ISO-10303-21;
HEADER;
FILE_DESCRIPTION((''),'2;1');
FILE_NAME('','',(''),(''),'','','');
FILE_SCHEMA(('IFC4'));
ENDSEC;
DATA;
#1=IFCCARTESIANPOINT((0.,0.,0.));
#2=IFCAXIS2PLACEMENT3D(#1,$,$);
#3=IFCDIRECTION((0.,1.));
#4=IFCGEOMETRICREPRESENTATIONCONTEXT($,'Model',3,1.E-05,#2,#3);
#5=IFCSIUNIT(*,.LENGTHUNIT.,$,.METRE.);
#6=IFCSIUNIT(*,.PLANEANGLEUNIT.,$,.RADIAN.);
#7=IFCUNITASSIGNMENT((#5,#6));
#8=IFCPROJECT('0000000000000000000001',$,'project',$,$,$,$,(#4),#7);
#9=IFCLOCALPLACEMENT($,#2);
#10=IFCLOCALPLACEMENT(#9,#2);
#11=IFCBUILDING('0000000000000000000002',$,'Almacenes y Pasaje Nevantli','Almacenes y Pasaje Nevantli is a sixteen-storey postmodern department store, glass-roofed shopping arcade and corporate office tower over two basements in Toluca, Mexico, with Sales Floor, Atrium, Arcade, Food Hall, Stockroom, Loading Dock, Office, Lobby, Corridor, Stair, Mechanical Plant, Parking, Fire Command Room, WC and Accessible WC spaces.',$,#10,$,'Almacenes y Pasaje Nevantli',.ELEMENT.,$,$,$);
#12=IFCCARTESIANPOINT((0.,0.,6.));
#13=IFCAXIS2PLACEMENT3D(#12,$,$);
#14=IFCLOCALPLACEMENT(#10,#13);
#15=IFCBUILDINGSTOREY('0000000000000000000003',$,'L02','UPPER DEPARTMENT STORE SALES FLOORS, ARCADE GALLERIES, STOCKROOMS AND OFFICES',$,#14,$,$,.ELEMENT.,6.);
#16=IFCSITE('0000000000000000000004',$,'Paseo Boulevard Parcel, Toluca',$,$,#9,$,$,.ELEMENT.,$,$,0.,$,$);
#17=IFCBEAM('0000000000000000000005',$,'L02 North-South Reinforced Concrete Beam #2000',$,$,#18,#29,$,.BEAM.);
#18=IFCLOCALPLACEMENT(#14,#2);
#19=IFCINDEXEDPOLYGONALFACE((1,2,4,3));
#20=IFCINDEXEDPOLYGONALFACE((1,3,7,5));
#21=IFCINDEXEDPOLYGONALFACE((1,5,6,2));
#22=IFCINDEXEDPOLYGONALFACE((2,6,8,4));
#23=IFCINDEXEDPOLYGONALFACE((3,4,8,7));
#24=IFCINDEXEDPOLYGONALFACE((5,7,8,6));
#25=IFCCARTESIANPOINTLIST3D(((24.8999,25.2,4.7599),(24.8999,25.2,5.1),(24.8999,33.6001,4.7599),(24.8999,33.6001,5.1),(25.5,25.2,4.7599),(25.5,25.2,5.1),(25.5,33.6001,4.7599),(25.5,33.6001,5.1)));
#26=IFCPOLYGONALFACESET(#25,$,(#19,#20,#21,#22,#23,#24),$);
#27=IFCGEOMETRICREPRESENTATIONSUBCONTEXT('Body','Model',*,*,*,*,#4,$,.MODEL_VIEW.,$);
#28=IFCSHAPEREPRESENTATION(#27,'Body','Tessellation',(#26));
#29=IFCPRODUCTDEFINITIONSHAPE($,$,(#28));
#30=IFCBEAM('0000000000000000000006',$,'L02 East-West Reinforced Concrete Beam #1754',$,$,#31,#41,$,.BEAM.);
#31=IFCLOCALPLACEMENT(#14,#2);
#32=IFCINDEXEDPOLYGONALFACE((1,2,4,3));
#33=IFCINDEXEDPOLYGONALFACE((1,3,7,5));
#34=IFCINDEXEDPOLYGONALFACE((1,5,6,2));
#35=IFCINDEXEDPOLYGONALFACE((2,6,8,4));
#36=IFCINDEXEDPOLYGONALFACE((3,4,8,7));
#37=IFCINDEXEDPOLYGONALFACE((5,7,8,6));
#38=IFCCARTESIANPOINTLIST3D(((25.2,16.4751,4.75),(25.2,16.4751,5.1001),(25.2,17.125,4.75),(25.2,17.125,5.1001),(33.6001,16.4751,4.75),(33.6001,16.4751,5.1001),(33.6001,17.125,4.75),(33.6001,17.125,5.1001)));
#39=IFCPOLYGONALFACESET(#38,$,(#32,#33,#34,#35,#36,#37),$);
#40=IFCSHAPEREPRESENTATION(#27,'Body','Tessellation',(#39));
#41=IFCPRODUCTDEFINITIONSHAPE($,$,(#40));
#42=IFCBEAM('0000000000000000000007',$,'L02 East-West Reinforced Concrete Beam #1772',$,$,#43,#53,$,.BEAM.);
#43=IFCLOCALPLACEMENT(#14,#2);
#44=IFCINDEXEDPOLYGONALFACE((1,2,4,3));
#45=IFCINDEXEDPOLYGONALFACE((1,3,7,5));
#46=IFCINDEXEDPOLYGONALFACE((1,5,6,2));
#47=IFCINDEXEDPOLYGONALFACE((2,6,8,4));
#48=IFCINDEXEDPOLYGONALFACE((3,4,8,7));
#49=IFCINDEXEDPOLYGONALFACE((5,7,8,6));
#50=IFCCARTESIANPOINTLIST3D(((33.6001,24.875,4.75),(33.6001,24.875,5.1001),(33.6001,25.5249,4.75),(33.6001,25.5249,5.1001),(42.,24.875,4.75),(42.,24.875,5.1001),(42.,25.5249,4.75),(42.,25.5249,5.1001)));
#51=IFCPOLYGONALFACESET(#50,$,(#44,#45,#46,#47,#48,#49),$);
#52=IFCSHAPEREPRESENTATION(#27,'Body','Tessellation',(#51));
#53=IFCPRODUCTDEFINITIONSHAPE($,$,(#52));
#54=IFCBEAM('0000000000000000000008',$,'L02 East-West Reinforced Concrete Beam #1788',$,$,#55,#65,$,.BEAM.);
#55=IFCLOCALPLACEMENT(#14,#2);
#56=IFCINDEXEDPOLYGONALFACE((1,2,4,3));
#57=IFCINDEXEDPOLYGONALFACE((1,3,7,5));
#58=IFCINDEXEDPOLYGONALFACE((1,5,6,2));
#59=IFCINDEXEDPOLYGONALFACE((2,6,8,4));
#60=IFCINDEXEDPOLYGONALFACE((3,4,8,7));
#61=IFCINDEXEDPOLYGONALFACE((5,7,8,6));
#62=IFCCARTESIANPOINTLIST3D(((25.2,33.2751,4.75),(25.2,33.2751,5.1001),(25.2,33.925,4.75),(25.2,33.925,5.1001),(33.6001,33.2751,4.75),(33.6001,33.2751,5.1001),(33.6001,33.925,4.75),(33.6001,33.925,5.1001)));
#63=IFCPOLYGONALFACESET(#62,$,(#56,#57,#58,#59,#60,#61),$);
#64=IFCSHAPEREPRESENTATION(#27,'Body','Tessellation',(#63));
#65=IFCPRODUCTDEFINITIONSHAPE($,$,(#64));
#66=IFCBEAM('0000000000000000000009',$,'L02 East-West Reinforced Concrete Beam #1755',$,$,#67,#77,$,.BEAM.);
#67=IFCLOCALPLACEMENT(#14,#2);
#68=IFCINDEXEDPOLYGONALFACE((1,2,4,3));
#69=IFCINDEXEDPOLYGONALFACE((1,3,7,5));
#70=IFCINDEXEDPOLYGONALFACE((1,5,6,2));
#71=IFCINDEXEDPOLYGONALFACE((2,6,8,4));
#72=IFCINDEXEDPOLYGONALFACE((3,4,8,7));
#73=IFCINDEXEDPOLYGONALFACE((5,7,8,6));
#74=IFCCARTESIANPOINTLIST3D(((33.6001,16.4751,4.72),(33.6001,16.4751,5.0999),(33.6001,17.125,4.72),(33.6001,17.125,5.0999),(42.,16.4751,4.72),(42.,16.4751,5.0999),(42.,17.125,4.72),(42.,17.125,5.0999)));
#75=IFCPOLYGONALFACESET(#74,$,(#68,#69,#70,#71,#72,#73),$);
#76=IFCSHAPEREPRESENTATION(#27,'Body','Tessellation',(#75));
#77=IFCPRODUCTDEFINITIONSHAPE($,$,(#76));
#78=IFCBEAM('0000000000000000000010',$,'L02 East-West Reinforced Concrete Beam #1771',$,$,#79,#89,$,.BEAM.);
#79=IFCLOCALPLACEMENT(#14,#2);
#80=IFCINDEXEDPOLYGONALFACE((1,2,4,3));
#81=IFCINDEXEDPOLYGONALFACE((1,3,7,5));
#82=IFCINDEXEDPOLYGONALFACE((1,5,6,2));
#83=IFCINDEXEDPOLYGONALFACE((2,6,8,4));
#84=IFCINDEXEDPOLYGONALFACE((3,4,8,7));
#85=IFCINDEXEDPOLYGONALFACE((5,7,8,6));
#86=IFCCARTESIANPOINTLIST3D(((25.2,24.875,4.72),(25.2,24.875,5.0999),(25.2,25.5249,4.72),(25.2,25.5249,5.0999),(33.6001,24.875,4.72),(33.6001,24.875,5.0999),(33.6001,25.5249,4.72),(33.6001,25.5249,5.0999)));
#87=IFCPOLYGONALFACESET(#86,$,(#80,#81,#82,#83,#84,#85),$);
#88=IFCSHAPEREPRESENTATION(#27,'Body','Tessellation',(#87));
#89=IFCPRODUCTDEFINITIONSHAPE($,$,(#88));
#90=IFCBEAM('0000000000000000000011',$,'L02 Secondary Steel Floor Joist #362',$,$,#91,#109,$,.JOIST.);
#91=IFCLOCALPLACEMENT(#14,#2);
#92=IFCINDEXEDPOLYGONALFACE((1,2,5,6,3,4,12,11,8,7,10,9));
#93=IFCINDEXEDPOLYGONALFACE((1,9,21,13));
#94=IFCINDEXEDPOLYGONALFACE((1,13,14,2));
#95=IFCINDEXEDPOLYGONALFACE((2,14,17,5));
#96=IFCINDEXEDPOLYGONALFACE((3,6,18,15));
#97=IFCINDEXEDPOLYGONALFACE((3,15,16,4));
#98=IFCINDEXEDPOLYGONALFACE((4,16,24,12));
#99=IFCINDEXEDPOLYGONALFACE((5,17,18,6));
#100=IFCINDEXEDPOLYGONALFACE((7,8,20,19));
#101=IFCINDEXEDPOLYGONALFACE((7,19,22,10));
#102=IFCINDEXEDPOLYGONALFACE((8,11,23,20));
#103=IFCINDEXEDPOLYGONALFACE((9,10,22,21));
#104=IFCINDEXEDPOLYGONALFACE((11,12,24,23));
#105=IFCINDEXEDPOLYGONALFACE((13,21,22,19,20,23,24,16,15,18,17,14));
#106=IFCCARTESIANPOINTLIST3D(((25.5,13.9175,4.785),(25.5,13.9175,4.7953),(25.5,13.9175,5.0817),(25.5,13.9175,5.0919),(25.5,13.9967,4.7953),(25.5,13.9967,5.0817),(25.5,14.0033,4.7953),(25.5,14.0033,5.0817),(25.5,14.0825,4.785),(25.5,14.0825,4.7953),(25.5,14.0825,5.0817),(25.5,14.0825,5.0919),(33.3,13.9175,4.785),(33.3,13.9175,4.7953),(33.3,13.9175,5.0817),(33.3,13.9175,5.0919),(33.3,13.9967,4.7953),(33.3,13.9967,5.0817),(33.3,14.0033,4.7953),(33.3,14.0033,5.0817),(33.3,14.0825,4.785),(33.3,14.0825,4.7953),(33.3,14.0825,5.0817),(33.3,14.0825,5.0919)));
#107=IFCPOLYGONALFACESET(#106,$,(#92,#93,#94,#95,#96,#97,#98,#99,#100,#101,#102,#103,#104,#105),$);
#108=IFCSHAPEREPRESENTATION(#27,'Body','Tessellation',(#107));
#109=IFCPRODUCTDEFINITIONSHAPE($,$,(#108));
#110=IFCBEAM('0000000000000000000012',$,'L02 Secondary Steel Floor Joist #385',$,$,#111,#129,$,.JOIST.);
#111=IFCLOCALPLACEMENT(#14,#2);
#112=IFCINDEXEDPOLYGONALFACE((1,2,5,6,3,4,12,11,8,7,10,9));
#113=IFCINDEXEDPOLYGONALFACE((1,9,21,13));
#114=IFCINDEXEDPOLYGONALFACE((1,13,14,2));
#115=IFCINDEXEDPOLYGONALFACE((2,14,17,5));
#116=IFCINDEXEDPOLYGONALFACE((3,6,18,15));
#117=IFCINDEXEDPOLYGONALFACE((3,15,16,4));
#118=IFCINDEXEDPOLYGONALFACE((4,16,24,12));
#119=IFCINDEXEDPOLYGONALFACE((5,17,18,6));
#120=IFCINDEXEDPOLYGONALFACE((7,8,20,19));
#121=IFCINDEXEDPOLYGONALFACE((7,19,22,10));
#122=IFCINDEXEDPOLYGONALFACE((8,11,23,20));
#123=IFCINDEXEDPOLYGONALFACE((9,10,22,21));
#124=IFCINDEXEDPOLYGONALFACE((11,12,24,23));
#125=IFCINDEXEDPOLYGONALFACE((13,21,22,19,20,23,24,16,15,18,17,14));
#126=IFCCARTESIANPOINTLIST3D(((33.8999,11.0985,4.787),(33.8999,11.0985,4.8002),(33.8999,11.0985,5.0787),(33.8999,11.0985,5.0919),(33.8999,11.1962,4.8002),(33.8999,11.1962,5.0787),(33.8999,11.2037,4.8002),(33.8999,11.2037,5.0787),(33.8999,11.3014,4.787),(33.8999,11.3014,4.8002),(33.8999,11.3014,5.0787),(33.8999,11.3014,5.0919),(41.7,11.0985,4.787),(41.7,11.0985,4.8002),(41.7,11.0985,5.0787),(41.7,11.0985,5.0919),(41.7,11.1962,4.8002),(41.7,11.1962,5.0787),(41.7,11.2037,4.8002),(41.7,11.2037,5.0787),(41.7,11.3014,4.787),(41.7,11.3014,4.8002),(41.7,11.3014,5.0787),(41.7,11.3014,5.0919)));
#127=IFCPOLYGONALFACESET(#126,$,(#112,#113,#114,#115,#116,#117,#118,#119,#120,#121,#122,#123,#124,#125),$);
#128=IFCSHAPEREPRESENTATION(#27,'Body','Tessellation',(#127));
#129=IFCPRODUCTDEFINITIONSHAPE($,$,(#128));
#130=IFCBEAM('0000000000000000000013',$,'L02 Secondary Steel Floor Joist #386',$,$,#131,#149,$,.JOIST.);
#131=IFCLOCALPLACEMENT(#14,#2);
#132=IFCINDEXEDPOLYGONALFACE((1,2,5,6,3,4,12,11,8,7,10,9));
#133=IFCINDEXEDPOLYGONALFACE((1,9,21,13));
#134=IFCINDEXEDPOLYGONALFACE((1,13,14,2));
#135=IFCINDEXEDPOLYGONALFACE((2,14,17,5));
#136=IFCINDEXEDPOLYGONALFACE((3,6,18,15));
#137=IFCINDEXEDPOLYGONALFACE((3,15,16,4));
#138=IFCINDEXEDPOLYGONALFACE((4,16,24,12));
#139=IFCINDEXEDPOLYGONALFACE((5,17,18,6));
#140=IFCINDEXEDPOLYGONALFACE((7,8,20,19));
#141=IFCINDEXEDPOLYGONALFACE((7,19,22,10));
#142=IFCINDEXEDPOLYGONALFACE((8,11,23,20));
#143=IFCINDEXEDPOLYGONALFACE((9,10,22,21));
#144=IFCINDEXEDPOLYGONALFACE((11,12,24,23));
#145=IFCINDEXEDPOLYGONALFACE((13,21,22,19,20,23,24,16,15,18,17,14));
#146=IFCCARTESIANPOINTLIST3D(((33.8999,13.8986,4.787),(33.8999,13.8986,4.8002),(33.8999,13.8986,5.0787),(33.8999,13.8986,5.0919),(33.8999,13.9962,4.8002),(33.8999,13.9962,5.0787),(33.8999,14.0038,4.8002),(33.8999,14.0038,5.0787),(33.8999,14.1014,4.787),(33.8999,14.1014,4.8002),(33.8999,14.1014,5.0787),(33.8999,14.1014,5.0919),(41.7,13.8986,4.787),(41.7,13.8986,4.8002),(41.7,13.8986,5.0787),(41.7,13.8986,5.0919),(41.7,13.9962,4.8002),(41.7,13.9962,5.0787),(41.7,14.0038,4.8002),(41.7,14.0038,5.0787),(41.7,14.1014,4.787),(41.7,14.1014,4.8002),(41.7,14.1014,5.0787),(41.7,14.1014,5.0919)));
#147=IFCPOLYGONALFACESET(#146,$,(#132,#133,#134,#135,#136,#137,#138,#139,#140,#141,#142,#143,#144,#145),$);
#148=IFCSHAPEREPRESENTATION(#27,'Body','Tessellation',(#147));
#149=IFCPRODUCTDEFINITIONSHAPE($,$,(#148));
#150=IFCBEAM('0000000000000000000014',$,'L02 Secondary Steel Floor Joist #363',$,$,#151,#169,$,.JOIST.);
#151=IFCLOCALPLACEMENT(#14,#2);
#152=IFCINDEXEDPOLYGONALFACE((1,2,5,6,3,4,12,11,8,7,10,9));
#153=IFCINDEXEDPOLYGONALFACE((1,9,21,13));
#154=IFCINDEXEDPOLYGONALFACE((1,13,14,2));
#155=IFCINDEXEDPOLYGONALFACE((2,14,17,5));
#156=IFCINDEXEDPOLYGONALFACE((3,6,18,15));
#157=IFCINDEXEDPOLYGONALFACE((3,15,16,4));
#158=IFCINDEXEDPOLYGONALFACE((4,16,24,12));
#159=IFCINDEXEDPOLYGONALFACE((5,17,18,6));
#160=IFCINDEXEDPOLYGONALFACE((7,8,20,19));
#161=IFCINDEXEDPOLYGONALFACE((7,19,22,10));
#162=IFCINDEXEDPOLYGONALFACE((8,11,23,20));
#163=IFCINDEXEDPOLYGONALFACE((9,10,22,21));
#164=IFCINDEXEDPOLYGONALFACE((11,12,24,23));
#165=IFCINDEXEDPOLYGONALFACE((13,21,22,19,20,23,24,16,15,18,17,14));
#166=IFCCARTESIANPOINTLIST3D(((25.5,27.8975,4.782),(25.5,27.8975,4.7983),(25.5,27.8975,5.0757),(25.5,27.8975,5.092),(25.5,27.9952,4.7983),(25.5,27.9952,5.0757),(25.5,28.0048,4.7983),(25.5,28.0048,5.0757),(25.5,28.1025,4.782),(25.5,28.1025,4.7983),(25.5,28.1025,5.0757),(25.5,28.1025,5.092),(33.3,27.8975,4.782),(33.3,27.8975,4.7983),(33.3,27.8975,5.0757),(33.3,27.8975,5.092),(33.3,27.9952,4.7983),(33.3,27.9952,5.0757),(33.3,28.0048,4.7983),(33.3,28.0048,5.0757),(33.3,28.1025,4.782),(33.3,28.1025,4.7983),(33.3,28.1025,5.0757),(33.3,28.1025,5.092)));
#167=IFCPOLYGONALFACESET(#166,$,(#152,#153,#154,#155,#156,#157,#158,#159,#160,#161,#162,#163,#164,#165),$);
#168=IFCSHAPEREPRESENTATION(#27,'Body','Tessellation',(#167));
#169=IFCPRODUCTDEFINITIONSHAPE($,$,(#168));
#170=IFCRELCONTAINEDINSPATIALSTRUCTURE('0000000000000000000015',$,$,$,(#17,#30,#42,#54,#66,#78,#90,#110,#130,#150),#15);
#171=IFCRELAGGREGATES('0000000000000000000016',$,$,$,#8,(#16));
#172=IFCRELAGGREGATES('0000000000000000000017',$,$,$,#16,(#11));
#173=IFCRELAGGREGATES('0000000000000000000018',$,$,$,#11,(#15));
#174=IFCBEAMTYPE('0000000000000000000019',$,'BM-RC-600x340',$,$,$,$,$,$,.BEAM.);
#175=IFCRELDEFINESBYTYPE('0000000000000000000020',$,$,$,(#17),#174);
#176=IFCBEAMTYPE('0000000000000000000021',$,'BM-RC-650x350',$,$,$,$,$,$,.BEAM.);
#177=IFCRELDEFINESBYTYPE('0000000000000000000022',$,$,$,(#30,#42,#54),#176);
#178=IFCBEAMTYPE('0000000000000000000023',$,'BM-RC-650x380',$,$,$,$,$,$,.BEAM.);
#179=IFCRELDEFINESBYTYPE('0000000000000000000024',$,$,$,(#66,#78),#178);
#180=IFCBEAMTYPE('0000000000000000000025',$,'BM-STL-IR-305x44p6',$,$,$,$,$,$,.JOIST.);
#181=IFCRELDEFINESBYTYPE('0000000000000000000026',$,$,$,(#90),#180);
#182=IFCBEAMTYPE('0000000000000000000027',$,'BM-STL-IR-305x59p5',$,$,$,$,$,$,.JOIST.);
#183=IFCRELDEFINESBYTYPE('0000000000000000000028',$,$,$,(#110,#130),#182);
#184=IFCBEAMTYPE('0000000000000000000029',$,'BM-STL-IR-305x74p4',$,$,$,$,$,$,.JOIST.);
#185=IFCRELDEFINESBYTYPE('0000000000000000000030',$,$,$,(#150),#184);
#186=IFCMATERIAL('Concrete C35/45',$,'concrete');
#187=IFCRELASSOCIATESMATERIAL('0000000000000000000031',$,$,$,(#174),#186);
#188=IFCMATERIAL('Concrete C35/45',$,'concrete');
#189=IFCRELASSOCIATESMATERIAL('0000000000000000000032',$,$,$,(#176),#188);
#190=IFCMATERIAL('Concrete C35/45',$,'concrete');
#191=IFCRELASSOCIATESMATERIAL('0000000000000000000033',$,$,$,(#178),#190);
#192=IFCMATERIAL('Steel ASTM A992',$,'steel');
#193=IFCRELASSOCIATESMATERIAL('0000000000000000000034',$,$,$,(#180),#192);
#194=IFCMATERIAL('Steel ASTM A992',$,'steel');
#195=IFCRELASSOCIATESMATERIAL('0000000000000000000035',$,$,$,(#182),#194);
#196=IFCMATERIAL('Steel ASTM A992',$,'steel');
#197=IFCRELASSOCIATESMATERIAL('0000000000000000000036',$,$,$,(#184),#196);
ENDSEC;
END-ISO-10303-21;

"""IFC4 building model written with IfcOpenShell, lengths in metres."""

from ifc_helpers import new_model, si_unit, direction, frame, origin, origin_2d, place, context, subcontext, project, spatial, rectangle, i_section, extrude, material, material_profile, profile_set, type_object, element, save


model = new_model("IFC4")

# Units and contexts
model_context = context("Model", 3, precision=1e-05, world=origin(), true_north=direction((0.0, 1.0)))
body_context = subcontext(model_context, "Body", "Model", "MODEL_VIEW")
ifc_project = project(units=[si_unit("LENGTHUNIT", "METRE"), si_unit("PLANEANGLEUNIT", "RADIAN")], contexts=[model_context])

# Site, building, storey
site_placement = place(None, origin())
site = spatial("IfcSite", under=ifc_project, at=site_placement, Name="Paseo Boulevard Parcel, Toluca", CompositionType="ELEMENT", RefElevation=0.0)
building_placement = place(site_placement, origin())
building = spatial("IfcBuilding", under=site, at=building_placement, Name="Almacenes y Pasaje Nevantli", Description="Almacenes y Pasaje Nevantli is a sixteen-storey postmodern department store, glass-roofed shopping arcade and corporate office tower over two basements in Toluca, Mexico, with Sales Floor, Atrium, Arcade, Food Hall, Stockroom, Loading Dock, Office, Lobby, Corridor, Stair, Mechanical Plant, Parking, Fire Command Room, WC and Accessible WC spaces.", LongName="Almacenes y Pasaje Nevantli", CompositionType="ELEMENT")
storey_placement = place(building_placement, frame((0.0, 0.0, 6.0)))
storey = spatial("IfcBuildingStorey", under=building, at=storey_placement, Name="L02", Description="UPPER DEPARTMENT STORE SALES FLOORS, ARCADE GALLERIES, STOCKROOMS AND OFFICES", CompositionType="ELEMENT", Elevation=6.0)

# Beams
ifc_material_1 = material(Name="Concrete C35/45", Category="concrete")
ifc_material_profile_1 = material_profile(ifc_material_1, rectangle(XDim=0.6001, YDim=0.3401, at=origin_2d()), Name="RC-BM-600x340")
ifc_profile_set_1 = profile_set([ifc_material_profile_1], Name="Concrete C35/45")
beam_type_1 = type_object("IfcBeamType", Name="BM-RC-600x340", PredefinedType="BEAM", material=ifc_profile_set_1)
beam_1_placement = place(storey_placement, frame((25.2, 25.2, 4.9299), z_axis=(0.0, 1.0, 0.0), x_axis=(-1.0, 0.0, 0.0)))
element("IfcBeam", 1, at=beam_1_placement, inside=storey, type_object=beam_type_1, Name="L02 North-South Reinforced Concrete Beam #2000", PredefinedType="BEAM", context=body_context, shape_type="SweptSolid", body=[
    extrude(rectangle(XDim=0.6001, YDim=0.3401, at=origin_2d()), origin(), (0.0, 0.0, 1.0), 8.4001),
])
ifc_material_2 = material(Name="Concrete C35/45", Category="concrete")
ifc_material_profile_2 = material_profile(ifc_material_2, rectangle(XDim=0.6499, YDim=0.3501, at=origin_2d()), Name="RC-BM-650x350")
ifc_profile_set_2 = profile_set([ifc_material_profile_2], Name="Concrete C35/45")
beam_type_2 = type_object("IfcBeamType", Name="BM-RC-650x350", PredefinedType="BEAM", material=ifc_profile_set_2)
beam_2_placement = place(storey_placement, frame((25.2, 16.8, 4.925), z_axis=(1.0, 0.0, 0.0), x_axis=(0.0, 1.0, 0.0)))
element("IfcBeam", 2, at=beam_2_placement, inside=storey, type_object=beam_type_2, Name="L02 East-West Reinforced Concrete Beam #1754", PredefinedType="BEAM", context=body_context, shape_type="SweptSolid", body=[
    extrude(rectangle(XDim=0.6499, YDim=0.3501, at=origin_2d()), origin(), (0.0, 0.0, 1.0), 8.4001),
])
beam_3_placement = place(storey_placement, frame((33.6001, 25.2, 4.925), z_axis=(1.0, 0.0, 0.0), x_axis=(0.0, 1.0, 0.0)))
element("IfcBeam", 3, at=beam_3_placement, inside=storey, type_object=beam_type_2, Name="L02 East-West Reinforced Concrete Beam #1772", PredefinedType="BEAM", context=body_context, shape_type="SweptSolid", body=[
    extrude(rectangle(XDim=0.6499, YDim=0.3501, at=origin_2d()), origin(), (0.0, 0.0, 1.0), 8.3999),
])
beam_4_placement = place(storey_placement, frame((25.2, 33.6001, 4.925), z_axis=(1.0, 0.0, 0.0), x_axis=(0.0, 1.0, 0.0)))
element("IfcBeam", 4, at=beam_4_placement, inside=storey, type_object=beam_type_2, Name="L02 East-West Reinforced Concrete Beam #1788", PredefinedType="BEAM", context=body_context, shape_type="SweptSolid", body=[
    extrude(rectangle(XDim=0.6499, YDim=0.3501, at=origin_2d()), origin(), (0.0, 0.0, 1.0), 8.4001),
])
ifc_material_3 = material(Name="Concrete C35/45", Category="concrete")
ifc_material_profile_3 = material_profile(ifc_material_3, rectangle(XDim=0.6499, YDim=0.3799, at=origin_2d()), Name="RC-BM-650x380")
ifc_profile_set_3 = profile_set([ifc_material_profile_3], Name="Concrete C35/45")
beam_type_3 = type_object("IfcBeamType", Name="BM-RC-650x380", PredefinedType="BEAM", material=ifc_profile_set_3)
beam_5_placement = place(storey_placement, frame((33.6001, 16.8, 4.9099), z_axis=(1.0, 0.0, 0.0), x_axis=(0.0, 1.0, 0.0)))
element("IfcBeam", 5, at=beam_5_placement, inside=storey, type_object=beam_type_3, Name="L02 East-West Reinforced Concrete Beam #1755", PredefinedType="BEAM", context=body_context, shape_type="SweptSolid", body=[
    extrude(rectangle(XDim=0.6499, YDim=0.3799, at=origin_2d()), origin(), (0.0, 0.0, 1.0), 8.3999),
])
beam_6_placement = place(storey_placement, frame((25.2, 25.2, 4.9099), z_axis=(1.0, 0.0, 0.0), x_axis=(0.0, 1.0, 0.0)))
element("IfcBeam", 6, at=beam_6_placement, inside=storey, type_object=beam_type_3, Name="L02 East-West Reinforced Concrete Beam #1771", PredefinedType="BEAM", context=body_context, shape_type="SweptSolid", body=[
    extrude(rectangle(XDim=0.6499, YDim=0.3799, at=origin_2d()), origin(), (0.0, 0.0, 1.0), 8.4001),
])
ifc_material_4 = material(Name="Steel ASTM A992", Category="steel")
ifc_material_profile_4 = material_profile(ifc_material_4, i_section(OverallWidth=0.165, OverallDepth=0.3069, WebThickness=0.0066, FlangeThickness=0.0103, at=origin_2d()), Name="IR 305x44.6")
ifc_profile_set_4 = profile_set([ifc_material_profile_4], Name="Steel ASTM A992")
beam_type_4 = type_object("IfcBeamType", Name="BM-STL-IR-305x44p6", PredefinedType="JOIST", material=ifc_profile_set_4)
beam_7_placement = place(storey_placement, frame((25.5, 14.0, 4.9385), z_axis=(1.0, 0.0, 0.0), x_axis=(0.0, 1.0, 0.0)))
element("IfcBeam", 7, at=beam_7_placement, inside=storey, type_object=beam_type_4, Name="L02 Secondary Steel Floor Joist #362", PredefinedType="JOIST", context=body_context, shape_type="SweptSolid", body=[
    extrude(i_section(OverallWidth=0.165, OverallDepth=0.3069, WebThickness=0.0066, FlangeThickness=0.0103, at=origin_2d()), origin(), (0.0, 0.0, 1.0), 7.8),
])
ifc_material_5 = material(Name="Steel ASTM A992", Category="steel")
ifc_material_profile_5 = material_profile(ifc_material_5, i_section(OverallWidth=0.2029, OverallDepth=0.3049, WebThickness=0.0076, FlangeThickness=0.0132, at=origin_2d()), Name="IR 305x59.5")
ifc_profile_set_5 = profile_set([ifc_material_profile_5], Name="Steel ASTM A992")
beam_type_5 = type_object("IfcBeamType", Name="BM-STL-IR-305x59p5", PredefinedType="JOIST", material=ifc_profile_set_5)
for number, where, z_axis, x_axis, name in (
    (8, (33.8999, 11.2, 4.9395), (1.0, 0.0, 0.0), (0.0, 1.0, 0.0), "L02 Secondary Steel Floor Joist #385"),
    (9, (33.8999, 14.0, 4.9395), (1.0, 0.0, 0.0), (0.0, 1.0, 0.0), "L02 Secondary Steel Floor Joist #386"),
):
    element("IfcBeam", number, at=place(storey_placement, frame(where, z_axis=z_axis, x_axis=x_axis)), inside=storey, type_object=beam_type_5, Name=name, PredefinedType="JOIST", context=body_context, shape_type="SweptSolid", body=[
        extrude(i_section(OverallWidth=0.2029, OverallDepth=0.3049, WebThickness=0.0076, FlangeThickness=0.0132, at=origin_2d()), origin(), (0.0, 0.0, 1.0), 7.8),
    ])
ifc_material_6 = material(Name="Steel ASTM A992", Category="steel")
ifc_material_profile_6 = material_profile(ifc_material_6, i_section(OverallWidth=0.2051, OverallDepth=0.3101, WebThickness=0.0095, FlangeThickness=0.0164, at=origin_2d()), Name="IR 305x74.4")
ifc_profile_set_6 = profile_set([ifc_material_profile_6], Name="Steel ASTM A992")
beam_type_6 = type_object("IfcBeamType", Name="BM-STL-IR-305x74p4", PredefinedType="JOIST", material=ifc_profile_set_6)
for number, where, z_axis, x_axis, name in (
    (10, (25.5, 28.0, 4.937), (1.0, 0.0, 0.0), (0.0, 1.0, 0.0), "L02 Secondary Steel Floor Joist #363"),
):
    element("IfcBeam", number, at=place(storey_placement, frame(where, z_axis=z_axis, x_axis=x_axis)), inside=storey, type_object=beam_type_6, Name=name, PredefinedType="JOIST", context=body_context, shape_type="SweptSolid", body=[
        extrude(i_section(OverallWidth=0.2051, OverallDepth=0.3101, WebThickness=0.0095, FlangeThickness=0.0164, at=origin_2d()), origin(), (0.0, 0.0, 1.0), 7.8),
    ])

save(model, "model.ifc")
